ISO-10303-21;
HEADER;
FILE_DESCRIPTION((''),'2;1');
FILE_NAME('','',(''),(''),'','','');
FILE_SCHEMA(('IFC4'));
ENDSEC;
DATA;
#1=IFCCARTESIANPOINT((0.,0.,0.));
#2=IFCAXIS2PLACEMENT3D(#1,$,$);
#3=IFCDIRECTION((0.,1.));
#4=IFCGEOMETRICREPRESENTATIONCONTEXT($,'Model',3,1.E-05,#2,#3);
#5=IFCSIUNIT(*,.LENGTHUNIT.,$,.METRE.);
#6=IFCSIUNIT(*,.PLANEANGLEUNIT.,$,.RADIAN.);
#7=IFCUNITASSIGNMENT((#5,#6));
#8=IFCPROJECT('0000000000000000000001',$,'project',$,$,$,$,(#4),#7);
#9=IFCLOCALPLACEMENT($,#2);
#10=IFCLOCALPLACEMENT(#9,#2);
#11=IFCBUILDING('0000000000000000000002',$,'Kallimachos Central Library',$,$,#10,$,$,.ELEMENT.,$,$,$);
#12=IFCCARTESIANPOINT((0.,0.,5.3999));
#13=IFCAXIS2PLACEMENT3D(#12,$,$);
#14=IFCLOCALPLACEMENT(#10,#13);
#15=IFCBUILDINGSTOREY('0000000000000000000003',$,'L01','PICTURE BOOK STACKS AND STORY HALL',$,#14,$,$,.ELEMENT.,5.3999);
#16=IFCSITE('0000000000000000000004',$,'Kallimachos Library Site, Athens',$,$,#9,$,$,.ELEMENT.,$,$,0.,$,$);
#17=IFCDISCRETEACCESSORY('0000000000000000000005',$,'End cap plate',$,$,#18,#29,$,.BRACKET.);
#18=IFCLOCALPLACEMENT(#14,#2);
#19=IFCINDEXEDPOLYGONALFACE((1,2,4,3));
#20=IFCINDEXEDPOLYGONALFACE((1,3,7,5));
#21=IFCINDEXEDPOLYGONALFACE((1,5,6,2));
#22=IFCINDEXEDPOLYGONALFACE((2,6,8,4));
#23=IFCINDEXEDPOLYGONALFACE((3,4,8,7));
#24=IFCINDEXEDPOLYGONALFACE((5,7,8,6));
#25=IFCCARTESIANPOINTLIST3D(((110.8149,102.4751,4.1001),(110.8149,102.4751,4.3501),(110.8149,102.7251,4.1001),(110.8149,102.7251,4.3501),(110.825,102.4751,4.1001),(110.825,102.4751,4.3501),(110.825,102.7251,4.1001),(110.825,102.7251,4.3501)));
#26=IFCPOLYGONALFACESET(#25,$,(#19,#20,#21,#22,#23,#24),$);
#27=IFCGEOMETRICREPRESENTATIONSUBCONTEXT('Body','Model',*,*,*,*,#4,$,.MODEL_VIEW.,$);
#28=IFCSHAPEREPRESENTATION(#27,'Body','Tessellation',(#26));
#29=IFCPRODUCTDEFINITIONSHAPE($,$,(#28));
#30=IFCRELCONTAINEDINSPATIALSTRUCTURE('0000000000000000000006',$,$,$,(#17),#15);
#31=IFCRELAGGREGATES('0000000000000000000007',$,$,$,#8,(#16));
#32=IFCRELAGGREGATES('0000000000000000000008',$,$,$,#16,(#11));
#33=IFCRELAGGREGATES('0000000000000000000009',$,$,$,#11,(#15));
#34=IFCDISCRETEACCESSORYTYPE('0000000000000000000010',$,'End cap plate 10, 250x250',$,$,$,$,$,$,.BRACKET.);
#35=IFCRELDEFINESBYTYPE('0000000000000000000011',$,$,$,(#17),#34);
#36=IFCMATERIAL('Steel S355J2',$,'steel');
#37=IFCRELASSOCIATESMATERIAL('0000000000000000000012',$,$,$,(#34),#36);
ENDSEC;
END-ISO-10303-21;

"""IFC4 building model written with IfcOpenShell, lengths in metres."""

from ifc_helpers import new_model, si_unit, direction, frame, origin, origin_2d, place, context, subcontext, project, spatial, rectangle, extrude, material, material_profile, profile_set, type_object, element, save


model = new_model("IFC4")

# Units and contexts
model_context = context("Model", 3, precision=1e-05, world=origin(), true_north=direction((0.0, 1.0)))
body_context = subcontext(model_context, "Body", "Model", "MODEL_VIEW")
ifc_project = project(units=[si_unit("LENGTHUNIT", "METRE"), si_unit("PLANEANGLEUNIT", "RADIAN")], contexts=[model_context])

# Site, building, storey
site_placement = place(None, origin())
site = spatial("IfcSite", under=ifc_project, at=site_placement, Name="Kallimachos Library Site, Athens", CompositionType="ELEMENT", RefElevation=0.0)
building_placement = place(site_placement, origin())
building = spatial("IfcBuilding", under=site, at=building_placement, Name="Kallimachos Central Library", CompositionType="ELEMENT")
storey_placement = place(building_placement, frame((0.0, 0.0, 5.3999)))
storey = spatial("IfcBuildingStorey", under=building, at=storey_placement, Name="L01", Description="PICTURE BOOK STACKS AND STORY HALL", CompositionType="ELEMENT", Elevation=5.3999)

# Discrete accessory
ifc_material_1 = material(Name="Steel S355J2", Category="steel")
ifc_material_profile_1 = material_profile(ifc_material_1, rectangle(XDim=0.25, YDim=0.25, at=origin_2d()), Name="End cap plate 10, 250x250")
ifc_profile_set_1 = profile_set([ifc_material_profile_1], Name="Steel S355J2")
discrete_accessory_type_1 = type_object("IfcDiscreteAccessoryType", Name="End cap plate 10, 250x250", PredefinedType="BRACKET", material=ifc_profile_set_1)
discrete_accessory_placement = place(storey_placement, frame((110.8149, 102.6001, 4.2251), z_axis=(1.0, 0.0, 0.0), x_axis=(0.0, 1.0, 0.0)))
element("IfcDiscreteAccessory", 1, at=discrete_accessory_placement, inside=storey, type_object=discrete_accessory_type_1, Name="End cap plate", PredefinedType="BRACKET", context=body_context, shape_type="SweptSolid", body=[
    extrude(rectangle(XDim=0.25, YDim=0.25, at=origin_2d()), origin(), (0.0, 0.0, 1.0), 0.01),
])

save(model, "model.ifc")
